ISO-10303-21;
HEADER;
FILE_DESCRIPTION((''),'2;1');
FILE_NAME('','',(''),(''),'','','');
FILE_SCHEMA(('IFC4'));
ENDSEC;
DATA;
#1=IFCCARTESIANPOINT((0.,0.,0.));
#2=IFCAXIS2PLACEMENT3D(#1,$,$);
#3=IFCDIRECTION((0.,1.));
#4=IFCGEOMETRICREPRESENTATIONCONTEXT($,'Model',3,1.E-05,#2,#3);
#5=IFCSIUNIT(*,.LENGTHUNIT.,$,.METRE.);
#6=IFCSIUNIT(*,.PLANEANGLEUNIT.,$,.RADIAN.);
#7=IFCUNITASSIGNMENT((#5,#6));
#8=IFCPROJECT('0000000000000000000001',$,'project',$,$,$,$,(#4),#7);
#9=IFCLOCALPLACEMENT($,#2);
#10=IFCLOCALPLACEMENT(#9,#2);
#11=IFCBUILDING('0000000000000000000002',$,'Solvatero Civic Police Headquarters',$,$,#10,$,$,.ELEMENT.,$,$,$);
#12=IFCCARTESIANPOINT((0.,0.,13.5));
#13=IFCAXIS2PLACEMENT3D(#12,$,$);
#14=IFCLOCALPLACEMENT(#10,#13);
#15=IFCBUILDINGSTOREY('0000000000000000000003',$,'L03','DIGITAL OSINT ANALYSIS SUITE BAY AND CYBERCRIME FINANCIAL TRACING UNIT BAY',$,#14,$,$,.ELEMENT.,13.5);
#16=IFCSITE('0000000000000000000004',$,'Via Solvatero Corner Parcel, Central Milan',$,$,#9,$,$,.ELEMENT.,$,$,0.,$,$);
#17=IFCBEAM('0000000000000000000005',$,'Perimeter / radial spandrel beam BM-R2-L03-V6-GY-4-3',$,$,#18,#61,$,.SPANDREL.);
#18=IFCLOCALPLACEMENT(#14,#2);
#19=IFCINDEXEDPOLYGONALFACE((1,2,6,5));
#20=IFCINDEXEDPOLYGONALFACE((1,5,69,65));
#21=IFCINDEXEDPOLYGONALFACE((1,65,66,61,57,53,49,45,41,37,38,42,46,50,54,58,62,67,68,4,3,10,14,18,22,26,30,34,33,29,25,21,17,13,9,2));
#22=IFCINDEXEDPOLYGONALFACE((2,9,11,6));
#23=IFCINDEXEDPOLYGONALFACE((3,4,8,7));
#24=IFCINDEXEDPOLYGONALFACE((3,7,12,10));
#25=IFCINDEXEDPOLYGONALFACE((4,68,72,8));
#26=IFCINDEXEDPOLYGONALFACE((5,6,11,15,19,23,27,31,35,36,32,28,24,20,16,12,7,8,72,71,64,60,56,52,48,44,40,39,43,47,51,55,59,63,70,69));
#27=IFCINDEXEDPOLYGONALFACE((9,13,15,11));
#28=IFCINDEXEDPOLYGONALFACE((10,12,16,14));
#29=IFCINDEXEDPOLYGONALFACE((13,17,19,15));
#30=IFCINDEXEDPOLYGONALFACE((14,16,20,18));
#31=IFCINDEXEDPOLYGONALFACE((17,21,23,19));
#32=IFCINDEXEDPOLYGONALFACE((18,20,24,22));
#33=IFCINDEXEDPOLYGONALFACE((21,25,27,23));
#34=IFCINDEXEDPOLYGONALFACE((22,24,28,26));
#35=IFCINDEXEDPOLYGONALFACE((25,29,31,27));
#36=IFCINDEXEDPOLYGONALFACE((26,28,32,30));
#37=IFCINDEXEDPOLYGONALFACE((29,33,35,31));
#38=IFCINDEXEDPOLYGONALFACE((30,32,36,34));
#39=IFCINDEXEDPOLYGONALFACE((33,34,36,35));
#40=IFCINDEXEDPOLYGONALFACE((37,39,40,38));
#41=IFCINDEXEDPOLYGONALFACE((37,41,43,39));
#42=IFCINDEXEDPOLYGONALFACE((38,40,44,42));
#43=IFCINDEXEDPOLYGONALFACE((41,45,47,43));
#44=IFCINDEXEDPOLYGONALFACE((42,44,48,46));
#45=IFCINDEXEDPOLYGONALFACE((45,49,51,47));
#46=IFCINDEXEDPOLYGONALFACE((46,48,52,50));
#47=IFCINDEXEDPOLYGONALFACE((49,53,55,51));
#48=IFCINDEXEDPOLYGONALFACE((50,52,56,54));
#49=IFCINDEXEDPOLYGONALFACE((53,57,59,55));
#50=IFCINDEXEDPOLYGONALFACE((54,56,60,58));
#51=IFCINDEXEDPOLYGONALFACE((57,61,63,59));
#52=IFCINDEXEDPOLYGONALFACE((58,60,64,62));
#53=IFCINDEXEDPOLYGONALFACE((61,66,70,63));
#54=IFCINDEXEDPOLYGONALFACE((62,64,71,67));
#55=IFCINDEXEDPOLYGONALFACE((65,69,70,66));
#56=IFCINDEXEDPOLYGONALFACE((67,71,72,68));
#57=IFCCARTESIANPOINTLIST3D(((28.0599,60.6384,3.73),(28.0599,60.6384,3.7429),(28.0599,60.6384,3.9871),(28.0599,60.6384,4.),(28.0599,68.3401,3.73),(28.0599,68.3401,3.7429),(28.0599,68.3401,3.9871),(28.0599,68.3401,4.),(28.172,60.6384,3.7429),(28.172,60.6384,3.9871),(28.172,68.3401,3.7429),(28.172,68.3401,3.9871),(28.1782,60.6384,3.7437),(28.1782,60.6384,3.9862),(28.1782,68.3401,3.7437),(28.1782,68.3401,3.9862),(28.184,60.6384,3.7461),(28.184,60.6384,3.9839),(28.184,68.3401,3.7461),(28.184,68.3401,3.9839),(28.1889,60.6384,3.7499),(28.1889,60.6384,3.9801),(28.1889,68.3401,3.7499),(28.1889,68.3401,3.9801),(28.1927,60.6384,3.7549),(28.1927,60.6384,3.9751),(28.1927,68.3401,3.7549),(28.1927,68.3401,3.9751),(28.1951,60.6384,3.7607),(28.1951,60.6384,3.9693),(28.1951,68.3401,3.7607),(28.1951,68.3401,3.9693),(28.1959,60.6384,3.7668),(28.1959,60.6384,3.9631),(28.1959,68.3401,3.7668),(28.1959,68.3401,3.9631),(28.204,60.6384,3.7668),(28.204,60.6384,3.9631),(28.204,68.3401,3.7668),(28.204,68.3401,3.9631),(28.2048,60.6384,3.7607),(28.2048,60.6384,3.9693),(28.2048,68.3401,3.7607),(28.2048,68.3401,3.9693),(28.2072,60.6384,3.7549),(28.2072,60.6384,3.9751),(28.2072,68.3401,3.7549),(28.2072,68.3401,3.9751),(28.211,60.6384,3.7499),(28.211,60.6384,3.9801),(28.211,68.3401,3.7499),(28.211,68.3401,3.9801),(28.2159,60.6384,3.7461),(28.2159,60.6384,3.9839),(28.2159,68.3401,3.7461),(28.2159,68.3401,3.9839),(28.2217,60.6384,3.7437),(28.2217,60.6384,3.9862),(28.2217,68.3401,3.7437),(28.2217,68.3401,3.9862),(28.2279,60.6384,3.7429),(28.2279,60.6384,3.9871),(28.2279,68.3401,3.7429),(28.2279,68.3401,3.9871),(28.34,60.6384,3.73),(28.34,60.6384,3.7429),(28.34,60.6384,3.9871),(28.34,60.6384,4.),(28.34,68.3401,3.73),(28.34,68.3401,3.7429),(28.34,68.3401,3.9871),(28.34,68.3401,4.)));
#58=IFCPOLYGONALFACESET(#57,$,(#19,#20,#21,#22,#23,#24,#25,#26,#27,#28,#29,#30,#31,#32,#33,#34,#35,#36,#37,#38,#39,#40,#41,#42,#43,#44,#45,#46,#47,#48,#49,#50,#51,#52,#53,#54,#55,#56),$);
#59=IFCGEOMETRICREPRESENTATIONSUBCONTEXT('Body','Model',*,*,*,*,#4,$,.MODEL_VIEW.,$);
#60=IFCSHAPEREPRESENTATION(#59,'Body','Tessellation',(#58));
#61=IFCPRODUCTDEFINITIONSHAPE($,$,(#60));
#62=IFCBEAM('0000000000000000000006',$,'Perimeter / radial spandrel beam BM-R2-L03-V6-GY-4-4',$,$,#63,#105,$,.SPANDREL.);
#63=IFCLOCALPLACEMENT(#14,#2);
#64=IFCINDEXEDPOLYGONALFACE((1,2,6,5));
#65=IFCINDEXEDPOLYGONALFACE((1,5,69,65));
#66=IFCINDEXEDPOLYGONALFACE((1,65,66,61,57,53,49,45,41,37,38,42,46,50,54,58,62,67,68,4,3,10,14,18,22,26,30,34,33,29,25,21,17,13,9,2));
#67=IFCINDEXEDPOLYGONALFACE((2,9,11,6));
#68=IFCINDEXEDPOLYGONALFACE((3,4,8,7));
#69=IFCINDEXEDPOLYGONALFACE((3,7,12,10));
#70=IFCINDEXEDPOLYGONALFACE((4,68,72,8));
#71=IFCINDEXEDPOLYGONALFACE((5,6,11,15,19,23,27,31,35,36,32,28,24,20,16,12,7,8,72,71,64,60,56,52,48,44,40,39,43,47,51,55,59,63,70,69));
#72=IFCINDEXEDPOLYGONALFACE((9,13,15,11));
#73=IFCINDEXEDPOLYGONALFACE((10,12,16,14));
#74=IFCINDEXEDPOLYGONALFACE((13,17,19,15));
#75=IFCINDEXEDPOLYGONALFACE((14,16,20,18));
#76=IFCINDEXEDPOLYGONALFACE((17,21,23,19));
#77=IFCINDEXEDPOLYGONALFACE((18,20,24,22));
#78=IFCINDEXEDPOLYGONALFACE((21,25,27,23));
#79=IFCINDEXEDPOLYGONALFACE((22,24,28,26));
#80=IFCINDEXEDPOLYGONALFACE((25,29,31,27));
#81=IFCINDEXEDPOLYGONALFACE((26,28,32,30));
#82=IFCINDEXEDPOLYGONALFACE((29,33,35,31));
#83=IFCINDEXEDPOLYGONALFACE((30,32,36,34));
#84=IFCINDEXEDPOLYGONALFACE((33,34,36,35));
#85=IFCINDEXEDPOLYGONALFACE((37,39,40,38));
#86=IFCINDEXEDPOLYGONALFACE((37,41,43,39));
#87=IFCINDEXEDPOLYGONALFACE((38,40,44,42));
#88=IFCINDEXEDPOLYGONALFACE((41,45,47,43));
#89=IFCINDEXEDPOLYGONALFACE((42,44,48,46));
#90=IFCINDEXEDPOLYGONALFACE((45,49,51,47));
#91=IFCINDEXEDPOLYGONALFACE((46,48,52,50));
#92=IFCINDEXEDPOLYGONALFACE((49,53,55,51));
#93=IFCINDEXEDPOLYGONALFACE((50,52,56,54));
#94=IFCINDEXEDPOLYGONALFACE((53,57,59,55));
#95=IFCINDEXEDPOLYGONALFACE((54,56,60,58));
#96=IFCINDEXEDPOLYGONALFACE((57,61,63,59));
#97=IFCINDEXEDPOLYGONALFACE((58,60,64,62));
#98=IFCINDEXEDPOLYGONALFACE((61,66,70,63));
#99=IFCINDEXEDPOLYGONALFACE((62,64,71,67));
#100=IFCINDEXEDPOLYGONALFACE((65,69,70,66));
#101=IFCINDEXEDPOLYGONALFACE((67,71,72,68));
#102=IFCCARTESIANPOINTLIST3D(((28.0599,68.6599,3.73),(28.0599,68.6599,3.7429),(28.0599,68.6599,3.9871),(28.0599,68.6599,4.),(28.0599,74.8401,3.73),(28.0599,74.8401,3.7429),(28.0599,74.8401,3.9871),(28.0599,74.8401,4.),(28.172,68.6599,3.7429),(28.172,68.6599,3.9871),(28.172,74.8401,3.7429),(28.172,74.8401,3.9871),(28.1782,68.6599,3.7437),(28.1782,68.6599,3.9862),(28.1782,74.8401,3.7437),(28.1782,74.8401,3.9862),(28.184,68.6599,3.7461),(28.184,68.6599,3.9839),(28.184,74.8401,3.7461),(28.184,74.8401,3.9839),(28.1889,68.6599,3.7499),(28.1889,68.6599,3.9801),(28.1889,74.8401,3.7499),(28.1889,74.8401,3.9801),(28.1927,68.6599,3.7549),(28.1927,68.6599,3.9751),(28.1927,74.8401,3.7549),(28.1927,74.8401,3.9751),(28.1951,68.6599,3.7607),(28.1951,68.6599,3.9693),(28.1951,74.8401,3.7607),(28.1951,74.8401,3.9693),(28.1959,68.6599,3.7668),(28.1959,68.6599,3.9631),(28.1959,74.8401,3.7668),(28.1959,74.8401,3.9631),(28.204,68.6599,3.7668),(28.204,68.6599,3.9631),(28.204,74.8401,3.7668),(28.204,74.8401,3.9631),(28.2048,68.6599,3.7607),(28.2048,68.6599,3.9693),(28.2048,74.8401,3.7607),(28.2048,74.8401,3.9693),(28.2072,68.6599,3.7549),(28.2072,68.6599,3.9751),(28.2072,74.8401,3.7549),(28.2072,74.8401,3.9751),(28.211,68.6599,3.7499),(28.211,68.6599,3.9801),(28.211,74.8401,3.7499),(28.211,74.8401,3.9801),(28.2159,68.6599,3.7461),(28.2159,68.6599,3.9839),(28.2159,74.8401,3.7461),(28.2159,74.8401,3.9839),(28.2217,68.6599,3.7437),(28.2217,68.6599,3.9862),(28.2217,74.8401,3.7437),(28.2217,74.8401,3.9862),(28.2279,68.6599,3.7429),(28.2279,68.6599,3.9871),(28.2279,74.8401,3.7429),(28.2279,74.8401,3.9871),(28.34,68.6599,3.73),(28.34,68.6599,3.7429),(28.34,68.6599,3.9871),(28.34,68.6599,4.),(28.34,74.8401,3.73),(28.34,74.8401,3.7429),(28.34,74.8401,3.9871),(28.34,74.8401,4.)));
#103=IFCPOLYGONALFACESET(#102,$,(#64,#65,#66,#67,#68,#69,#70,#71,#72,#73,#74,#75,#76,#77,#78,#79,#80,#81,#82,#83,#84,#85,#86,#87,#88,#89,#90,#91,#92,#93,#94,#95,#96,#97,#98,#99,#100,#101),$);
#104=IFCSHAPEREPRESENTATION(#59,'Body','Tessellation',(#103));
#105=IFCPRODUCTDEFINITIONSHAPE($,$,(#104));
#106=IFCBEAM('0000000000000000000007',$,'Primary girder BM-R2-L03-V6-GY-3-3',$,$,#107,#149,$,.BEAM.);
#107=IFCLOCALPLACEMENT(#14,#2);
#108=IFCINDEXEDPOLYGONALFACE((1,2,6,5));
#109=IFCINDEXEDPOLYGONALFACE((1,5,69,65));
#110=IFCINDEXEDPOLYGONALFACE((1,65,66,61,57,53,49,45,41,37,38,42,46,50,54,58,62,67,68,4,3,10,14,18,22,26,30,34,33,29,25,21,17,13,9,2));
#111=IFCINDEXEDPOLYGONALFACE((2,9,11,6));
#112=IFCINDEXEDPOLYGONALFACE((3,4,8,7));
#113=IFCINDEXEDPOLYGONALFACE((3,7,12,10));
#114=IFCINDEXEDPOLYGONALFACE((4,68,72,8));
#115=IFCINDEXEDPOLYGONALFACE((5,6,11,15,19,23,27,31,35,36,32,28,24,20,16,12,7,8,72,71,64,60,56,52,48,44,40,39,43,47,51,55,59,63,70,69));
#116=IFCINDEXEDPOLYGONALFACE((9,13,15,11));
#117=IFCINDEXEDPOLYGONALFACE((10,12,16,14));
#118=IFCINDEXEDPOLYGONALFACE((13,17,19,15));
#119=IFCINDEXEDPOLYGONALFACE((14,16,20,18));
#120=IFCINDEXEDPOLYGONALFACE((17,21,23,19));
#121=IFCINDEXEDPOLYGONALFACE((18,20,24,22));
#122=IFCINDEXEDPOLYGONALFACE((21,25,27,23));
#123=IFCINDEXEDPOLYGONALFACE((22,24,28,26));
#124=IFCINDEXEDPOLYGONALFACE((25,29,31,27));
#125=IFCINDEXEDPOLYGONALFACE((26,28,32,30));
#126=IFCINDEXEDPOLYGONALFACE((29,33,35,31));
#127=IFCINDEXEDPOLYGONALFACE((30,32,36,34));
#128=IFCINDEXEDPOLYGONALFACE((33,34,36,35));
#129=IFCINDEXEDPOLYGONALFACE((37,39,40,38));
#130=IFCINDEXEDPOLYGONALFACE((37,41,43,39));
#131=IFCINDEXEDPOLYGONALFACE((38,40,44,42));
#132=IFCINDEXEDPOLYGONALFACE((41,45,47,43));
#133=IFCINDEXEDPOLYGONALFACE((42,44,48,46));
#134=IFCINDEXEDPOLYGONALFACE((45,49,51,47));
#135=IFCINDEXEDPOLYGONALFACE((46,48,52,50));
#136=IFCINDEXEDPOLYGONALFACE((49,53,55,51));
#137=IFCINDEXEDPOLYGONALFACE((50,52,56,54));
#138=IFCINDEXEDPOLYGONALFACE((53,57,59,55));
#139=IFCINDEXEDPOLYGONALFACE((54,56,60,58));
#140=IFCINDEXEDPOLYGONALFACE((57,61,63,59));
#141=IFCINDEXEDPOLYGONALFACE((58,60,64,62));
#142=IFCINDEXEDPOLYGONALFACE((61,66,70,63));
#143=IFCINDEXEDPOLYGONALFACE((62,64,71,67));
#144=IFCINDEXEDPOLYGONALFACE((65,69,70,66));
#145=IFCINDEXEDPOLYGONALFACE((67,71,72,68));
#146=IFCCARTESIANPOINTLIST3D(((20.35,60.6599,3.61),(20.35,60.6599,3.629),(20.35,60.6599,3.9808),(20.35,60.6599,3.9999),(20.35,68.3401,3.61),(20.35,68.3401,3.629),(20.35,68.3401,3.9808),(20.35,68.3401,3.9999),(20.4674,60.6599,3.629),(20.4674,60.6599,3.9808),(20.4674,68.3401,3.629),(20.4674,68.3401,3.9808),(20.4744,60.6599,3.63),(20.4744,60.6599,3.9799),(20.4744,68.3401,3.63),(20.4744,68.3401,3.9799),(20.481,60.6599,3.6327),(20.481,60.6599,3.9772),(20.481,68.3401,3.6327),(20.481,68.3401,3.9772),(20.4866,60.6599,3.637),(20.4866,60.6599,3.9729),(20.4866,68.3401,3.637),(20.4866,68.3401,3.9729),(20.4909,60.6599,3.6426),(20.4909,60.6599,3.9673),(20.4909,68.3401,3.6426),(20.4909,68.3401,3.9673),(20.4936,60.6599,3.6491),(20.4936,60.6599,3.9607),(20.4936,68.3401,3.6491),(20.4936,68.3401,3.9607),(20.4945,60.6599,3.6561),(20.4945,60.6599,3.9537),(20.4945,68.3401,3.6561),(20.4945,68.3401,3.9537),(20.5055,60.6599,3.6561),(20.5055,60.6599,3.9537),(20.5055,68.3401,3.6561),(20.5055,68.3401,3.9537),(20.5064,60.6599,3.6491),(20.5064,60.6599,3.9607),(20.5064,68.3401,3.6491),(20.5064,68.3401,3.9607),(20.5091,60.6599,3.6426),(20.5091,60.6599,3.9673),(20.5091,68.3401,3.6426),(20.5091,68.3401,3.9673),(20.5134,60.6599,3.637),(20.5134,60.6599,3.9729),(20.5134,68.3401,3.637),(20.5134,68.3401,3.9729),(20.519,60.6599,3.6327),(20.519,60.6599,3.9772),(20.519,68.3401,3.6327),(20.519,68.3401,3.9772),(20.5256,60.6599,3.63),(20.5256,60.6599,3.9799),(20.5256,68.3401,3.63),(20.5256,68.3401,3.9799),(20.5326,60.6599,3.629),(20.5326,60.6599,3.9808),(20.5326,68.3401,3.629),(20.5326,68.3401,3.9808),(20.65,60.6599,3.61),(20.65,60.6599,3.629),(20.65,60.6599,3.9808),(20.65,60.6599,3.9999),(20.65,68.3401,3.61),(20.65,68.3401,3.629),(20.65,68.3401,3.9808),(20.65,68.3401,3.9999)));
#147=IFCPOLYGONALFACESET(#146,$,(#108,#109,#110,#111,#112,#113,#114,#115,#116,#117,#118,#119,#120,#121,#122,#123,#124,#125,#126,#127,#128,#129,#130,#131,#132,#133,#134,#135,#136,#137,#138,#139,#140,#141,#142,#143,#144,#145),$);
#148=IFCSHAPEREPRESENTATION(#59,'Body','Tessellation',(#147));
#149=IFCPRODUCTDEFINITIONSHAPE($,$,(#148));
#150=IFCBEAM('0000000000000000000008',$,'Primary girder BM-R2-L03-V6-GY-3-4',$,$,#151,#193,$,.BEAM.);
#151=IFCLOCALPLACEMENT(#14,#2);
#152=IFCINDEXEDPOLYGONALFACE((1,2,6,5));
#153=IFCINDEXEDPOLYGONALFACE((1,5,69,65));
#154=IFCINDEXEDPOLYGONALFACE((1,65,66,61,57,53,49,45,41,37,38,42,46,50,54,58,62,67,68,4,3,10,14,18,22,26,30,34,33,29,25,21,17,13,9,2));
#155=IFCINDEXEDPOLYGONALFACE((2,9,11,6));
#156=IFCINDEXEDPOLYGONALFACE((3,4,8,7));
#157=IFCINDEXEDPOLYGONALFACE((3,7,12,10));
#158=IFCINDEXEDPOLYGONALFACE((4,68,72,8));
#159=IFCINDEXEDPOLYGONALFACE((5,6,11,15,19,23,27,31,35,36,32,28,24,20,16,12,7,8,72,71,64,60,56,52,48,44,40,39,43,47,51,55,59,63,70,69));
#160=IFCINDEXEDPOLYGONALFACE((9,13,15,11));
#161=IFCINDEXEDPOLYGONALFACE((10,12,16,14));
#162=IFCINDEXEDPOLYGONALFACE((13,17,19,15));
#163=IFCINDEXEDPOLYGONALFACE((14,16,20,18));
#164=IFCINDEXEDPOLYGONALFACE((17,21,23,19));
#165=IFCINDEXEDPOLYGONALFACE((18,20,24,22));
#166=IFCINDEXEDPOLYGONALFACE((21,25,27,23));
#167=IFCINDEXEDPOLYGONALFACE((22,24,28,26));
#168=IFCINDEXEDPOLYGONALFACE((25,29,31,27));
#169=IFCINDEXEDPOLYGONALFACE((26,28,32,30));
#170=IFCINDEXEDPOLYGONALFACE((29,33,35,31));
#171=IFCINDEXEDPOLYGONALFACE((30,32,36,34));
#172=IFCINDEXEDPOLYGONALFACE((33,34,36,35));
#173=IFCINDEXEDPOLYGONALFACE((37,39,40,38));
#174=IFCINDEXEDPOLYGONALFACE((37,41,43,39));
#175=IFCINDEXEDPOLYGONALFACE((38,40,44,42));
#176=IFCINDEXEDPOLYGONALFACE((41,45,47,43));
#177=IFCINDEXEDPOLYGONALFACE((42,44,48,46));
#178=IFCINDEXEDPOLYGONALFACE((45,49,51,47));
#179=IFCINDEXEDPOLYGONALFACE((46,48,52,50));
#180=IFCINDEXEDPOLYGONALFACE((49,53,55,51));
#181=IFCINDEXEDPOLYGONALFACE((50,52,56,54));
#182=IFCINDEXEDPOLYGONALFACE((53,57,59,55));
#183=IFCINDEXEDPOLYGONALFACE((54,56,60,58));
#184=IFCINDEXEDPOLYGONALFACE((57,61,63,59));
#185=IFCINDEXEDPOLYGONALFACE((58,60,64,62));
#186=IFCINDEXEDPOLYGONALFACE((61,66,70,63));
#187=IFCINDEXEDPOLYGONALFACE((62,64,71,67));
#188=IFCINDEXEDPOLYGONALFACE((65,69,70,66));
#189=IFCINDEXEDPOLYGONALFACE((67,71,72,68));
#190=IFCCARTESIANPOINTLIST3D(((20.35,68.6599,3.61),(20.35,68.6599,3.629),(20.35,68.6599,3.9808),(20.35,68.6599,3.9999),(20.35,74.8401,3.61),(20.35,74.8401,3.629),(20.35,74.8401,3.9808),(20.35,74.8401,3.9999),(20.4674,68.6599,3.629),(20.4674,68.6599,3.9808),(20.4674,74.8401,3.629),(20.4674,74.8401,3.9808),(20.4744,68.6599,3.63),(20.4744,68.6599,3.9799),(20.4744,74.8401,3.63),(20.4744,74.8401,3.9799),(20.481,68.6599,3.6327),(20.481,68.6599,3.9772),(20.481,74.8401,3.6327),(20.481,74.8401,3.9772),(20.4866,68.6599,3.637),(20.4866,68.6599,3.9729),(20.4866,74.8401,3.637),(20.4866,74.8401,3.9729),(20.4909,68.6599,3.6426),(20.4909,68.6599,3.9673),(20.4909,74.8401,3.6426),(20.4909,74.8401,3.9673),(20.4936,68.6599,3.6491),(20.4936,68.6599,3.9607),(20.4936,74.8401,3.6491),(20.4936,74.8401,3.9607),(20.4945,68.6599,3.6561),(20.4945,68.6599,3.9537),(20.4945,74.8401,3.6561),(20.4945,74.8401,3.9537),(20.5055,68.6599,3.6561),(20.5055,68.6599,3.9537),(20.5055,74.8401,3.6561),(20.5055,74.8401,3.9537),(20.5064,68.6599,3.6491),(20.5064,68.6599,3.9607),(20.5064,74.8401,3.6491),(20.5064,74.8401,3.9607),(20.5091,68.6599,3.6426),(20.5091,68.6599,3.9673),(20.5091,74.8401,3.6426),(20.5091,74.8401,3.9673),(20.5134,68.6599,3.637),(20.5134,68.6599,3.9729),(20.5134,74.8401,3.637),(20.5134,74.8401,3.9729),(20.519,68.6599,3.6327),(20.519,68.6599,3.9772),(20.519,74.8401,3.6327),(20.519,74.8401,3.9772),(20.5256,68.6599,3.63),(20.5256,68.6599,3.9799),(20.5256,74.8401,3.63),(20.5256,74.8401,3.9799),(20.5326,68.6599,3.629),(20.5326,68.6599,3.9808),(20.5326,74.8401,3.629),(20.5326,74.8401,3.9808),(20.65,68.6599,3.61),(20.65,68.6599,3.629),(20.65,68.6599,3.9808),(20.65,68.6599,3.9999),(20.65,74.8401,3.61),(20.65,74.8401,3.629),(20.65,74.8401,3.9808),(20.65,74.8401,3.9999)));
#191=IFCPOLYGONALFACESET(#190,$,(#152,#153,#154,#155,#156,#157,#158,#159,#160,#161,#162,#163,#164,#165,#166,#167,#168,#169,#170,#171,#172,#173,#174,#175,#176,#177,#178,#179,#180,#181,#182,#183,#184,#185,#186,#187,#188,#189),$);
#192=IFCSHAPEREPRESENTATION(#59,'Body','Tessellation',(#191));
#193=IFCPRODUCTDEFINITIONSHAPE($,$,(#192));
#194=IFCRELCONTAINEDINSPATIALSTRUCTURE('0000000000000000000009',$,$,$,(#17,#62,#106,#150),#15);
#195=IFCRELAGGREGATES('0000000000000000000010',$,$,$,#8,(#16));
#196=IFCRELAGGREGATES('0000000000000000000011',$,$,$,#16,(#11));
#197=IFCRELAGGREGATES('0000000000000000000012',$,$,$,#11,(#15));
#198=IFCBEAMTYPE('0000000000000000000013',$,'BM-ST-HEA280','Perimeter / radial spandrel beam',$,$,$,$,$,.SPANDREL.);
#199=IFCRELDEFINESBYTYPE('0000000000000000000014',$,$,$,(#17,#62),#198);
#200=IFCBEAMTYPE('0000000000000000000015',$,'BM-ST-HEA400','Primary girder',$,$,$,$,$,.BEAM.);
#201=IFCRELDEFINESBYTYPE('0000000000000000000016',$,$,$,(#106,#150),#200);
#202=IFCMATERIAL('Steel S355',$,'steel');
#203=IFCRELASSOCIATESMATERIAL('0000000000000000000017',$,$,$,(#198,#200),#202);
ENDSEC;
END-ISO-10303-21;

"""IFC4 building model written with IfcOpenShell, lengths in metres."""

from ifc_helpers import new_model, si_unit, direction, frame, origin, origin_2d, place, context, subcontext, project, spatial, i_section, extrude, material, material_profile, profile_set, type_object, element, save


model = new_model("IFC4")

# Units and contexts
model_context = context("Model", 3, precision=1e-05, world=origin(), true_north=direction((0.0, 1.0)))
body_context = subcontext(model_context, "Body", "Model", "MODEL_VIEW")
ifc_project = project(units=[si_unit("LENGTHUNIT", "METRE"), si_unit("PLANEANGLEUNIT", "RADIAN")], contexts=[model_context])

# Site, building, storey
site_placement = place(None, origin())
site = spatial("IfcSite", under=ifc_project, at=site_placement, Name="Via Solvatero Corner Parcel, Central Milan", CompositionType="ELEMENT", RefElevation=0.0)
building_placement = place(site_placement, origin())
building = spatial("IfcBuilding", under=site, at=building_placement, Name="Solvatero Civic Police Headquarters", CompositionType="ELEMENT")
storey_placement = place(building_placement, frame((0.0, 0.0, 13.5)))
storey = spatial("IfcBuildingStorey", under=building, at=storey_placement, Name="L03", Description="DIGITAL OSINT ANALYSIS SUITE BAY AND CYBERCRIME FINANCIAL TRACING UNIT BAY", CompositionType="ELEMENT", Elevation=13.5)

# Shared definitions
ifc_material_1 = material(Name="Steel S355", Category="steel")

# Beams
ifc_material_profile_1 = material_profile(ifc_material_1, i_section(OverallWidth=0.28, OverallDepth=0.27, WebThickness=0.0081, FlangeThickness=0.0129, FilletRadius=0.0239, at=origin_2d()), Name="HEA 280")
ifc_profile_set_1 = profile_set([ifc_material_profile_1], Name="Steel S355")
beam_type_1 = type_object("IfcBeamType", Name="BM-ST-HEA280", Description="Perimeter / radial spandrel beam", PredefinedType="SPANDREL", material=ifc_profile_set_1)
beam_1_placement = place(storey_placement, frame((28.2, 60.6384, 3.865), z_axis=(0.0, 1.0, 0.0), x_axis=(-1.0, 0.0, 0.0)))
element("IfcBeam", 1, at=beam_1_placement, inside=storey, type_object=beam_type_1, Name="Perimeter / radial spandrel beam BM-R2-L03-V6-GY-4-3", PredefinedType="SPANDREL", context=body_context, shape_type="SweptSolid", body=[
    extrude(i_section(OverallWidth=0.28, OverallDepth=0.27, WebThickness=0.0081, FlangeThickness=0.0129, FilletRadius=0.0239, at=origin_2d()), origin(), (0.0, 0.0, 1.0), 7.7017),
])
beam_2_placement = place(storey_placement, frame((28.2, 68.6599, 3.865), z_axis=(0.0, 1.0, 0.0), x_axis=(-1.0, 0.0, 0.0)))
element("IfcBeam", 2, at=beam_2_placement, inside=storey, type_object=beam_type_1, Name="Perimeter / radial spandrel beam BM-R2-L03-V6-GY-4-4", PredefinedType="SPANDREL", context=body_context, shape_type="SweptSolid", body=[
    extrude(i_section(OverallWidth=0.28, OverallDepth=0.27, WebThickness=0.0081, FlangeThickness=0.0129, FilletRadius=0.0239, at=origin_2d()), origin(), (0.0, 0.0, 1.0), 6.1802),
])
ifc_material_profile_2 = material_profile(ifc_material_1, i_section(OverallWidth=0.3, OverallDepth=0.3899, WebThickness=0.011, FlangeThickness=0.019, FilletRadius=0.0271, at=origin_2d()), Name="HEA 400")
ifc_profile_set_2 = profile_set([ifc_material_profile_2], Name="Steel S355")
beam_type_2 = type_object("IfcBeamType", Name="BM-ST-HEA400", Description="Primary girder", PredefinedType="BEAM", material=ifc_profile_set_2)
beam_3_placement = place(storey_placement, frame((20.5, 60.6599, 3.8049), z_axis=(0.0, 1.0, 0.0), x_axis=(-1.0, 0.0, 0.0)))
element("IfcBeam", 3, at=beam_3_placement, inside=storey, type_object=beam_type_2, Name="Primary girder BM-R2-L03-V6-GY-3-3", PredefinedType="BEAM", context=body_context, shape_type="SweptSolid", body=[
    extrude(i_section(OverallWidth=0.3, OverallDepth=0.3899, WebThickness=0.011, FlangeThickness=0.019, FilletRadius=0.0271, at=origin_2d()), origin(), (0.0, 0.0, 1.0), 7.6802),
])
beam_4_placement = place(storey_placement, frame((20.5, 68.6599, 3.8049), z_axis=(0.0, 1.0, 0.0), x_axis=(-1.0, 0.0, 0.0)))
element("IfcBeam", 4, at=beam_4_placement, inside=storey, type_object=beam_type_2, Name="Primary girder BM-R2-L03-V6-GY-3-4", PredefinedType="BEAM", context=body_context, shape_type="SweptSolid", body=[
    extrude(i_section(OverallWidth=0.3, OverallDepth=0.3899, WebThickness=0.011, FlangeThickness=0.019, FilletRadius=0.0271, at=origin_2d()), origin(), (0.0, 0.0, 1.0), 6.1802),
])

save(model, "model.ifc")
